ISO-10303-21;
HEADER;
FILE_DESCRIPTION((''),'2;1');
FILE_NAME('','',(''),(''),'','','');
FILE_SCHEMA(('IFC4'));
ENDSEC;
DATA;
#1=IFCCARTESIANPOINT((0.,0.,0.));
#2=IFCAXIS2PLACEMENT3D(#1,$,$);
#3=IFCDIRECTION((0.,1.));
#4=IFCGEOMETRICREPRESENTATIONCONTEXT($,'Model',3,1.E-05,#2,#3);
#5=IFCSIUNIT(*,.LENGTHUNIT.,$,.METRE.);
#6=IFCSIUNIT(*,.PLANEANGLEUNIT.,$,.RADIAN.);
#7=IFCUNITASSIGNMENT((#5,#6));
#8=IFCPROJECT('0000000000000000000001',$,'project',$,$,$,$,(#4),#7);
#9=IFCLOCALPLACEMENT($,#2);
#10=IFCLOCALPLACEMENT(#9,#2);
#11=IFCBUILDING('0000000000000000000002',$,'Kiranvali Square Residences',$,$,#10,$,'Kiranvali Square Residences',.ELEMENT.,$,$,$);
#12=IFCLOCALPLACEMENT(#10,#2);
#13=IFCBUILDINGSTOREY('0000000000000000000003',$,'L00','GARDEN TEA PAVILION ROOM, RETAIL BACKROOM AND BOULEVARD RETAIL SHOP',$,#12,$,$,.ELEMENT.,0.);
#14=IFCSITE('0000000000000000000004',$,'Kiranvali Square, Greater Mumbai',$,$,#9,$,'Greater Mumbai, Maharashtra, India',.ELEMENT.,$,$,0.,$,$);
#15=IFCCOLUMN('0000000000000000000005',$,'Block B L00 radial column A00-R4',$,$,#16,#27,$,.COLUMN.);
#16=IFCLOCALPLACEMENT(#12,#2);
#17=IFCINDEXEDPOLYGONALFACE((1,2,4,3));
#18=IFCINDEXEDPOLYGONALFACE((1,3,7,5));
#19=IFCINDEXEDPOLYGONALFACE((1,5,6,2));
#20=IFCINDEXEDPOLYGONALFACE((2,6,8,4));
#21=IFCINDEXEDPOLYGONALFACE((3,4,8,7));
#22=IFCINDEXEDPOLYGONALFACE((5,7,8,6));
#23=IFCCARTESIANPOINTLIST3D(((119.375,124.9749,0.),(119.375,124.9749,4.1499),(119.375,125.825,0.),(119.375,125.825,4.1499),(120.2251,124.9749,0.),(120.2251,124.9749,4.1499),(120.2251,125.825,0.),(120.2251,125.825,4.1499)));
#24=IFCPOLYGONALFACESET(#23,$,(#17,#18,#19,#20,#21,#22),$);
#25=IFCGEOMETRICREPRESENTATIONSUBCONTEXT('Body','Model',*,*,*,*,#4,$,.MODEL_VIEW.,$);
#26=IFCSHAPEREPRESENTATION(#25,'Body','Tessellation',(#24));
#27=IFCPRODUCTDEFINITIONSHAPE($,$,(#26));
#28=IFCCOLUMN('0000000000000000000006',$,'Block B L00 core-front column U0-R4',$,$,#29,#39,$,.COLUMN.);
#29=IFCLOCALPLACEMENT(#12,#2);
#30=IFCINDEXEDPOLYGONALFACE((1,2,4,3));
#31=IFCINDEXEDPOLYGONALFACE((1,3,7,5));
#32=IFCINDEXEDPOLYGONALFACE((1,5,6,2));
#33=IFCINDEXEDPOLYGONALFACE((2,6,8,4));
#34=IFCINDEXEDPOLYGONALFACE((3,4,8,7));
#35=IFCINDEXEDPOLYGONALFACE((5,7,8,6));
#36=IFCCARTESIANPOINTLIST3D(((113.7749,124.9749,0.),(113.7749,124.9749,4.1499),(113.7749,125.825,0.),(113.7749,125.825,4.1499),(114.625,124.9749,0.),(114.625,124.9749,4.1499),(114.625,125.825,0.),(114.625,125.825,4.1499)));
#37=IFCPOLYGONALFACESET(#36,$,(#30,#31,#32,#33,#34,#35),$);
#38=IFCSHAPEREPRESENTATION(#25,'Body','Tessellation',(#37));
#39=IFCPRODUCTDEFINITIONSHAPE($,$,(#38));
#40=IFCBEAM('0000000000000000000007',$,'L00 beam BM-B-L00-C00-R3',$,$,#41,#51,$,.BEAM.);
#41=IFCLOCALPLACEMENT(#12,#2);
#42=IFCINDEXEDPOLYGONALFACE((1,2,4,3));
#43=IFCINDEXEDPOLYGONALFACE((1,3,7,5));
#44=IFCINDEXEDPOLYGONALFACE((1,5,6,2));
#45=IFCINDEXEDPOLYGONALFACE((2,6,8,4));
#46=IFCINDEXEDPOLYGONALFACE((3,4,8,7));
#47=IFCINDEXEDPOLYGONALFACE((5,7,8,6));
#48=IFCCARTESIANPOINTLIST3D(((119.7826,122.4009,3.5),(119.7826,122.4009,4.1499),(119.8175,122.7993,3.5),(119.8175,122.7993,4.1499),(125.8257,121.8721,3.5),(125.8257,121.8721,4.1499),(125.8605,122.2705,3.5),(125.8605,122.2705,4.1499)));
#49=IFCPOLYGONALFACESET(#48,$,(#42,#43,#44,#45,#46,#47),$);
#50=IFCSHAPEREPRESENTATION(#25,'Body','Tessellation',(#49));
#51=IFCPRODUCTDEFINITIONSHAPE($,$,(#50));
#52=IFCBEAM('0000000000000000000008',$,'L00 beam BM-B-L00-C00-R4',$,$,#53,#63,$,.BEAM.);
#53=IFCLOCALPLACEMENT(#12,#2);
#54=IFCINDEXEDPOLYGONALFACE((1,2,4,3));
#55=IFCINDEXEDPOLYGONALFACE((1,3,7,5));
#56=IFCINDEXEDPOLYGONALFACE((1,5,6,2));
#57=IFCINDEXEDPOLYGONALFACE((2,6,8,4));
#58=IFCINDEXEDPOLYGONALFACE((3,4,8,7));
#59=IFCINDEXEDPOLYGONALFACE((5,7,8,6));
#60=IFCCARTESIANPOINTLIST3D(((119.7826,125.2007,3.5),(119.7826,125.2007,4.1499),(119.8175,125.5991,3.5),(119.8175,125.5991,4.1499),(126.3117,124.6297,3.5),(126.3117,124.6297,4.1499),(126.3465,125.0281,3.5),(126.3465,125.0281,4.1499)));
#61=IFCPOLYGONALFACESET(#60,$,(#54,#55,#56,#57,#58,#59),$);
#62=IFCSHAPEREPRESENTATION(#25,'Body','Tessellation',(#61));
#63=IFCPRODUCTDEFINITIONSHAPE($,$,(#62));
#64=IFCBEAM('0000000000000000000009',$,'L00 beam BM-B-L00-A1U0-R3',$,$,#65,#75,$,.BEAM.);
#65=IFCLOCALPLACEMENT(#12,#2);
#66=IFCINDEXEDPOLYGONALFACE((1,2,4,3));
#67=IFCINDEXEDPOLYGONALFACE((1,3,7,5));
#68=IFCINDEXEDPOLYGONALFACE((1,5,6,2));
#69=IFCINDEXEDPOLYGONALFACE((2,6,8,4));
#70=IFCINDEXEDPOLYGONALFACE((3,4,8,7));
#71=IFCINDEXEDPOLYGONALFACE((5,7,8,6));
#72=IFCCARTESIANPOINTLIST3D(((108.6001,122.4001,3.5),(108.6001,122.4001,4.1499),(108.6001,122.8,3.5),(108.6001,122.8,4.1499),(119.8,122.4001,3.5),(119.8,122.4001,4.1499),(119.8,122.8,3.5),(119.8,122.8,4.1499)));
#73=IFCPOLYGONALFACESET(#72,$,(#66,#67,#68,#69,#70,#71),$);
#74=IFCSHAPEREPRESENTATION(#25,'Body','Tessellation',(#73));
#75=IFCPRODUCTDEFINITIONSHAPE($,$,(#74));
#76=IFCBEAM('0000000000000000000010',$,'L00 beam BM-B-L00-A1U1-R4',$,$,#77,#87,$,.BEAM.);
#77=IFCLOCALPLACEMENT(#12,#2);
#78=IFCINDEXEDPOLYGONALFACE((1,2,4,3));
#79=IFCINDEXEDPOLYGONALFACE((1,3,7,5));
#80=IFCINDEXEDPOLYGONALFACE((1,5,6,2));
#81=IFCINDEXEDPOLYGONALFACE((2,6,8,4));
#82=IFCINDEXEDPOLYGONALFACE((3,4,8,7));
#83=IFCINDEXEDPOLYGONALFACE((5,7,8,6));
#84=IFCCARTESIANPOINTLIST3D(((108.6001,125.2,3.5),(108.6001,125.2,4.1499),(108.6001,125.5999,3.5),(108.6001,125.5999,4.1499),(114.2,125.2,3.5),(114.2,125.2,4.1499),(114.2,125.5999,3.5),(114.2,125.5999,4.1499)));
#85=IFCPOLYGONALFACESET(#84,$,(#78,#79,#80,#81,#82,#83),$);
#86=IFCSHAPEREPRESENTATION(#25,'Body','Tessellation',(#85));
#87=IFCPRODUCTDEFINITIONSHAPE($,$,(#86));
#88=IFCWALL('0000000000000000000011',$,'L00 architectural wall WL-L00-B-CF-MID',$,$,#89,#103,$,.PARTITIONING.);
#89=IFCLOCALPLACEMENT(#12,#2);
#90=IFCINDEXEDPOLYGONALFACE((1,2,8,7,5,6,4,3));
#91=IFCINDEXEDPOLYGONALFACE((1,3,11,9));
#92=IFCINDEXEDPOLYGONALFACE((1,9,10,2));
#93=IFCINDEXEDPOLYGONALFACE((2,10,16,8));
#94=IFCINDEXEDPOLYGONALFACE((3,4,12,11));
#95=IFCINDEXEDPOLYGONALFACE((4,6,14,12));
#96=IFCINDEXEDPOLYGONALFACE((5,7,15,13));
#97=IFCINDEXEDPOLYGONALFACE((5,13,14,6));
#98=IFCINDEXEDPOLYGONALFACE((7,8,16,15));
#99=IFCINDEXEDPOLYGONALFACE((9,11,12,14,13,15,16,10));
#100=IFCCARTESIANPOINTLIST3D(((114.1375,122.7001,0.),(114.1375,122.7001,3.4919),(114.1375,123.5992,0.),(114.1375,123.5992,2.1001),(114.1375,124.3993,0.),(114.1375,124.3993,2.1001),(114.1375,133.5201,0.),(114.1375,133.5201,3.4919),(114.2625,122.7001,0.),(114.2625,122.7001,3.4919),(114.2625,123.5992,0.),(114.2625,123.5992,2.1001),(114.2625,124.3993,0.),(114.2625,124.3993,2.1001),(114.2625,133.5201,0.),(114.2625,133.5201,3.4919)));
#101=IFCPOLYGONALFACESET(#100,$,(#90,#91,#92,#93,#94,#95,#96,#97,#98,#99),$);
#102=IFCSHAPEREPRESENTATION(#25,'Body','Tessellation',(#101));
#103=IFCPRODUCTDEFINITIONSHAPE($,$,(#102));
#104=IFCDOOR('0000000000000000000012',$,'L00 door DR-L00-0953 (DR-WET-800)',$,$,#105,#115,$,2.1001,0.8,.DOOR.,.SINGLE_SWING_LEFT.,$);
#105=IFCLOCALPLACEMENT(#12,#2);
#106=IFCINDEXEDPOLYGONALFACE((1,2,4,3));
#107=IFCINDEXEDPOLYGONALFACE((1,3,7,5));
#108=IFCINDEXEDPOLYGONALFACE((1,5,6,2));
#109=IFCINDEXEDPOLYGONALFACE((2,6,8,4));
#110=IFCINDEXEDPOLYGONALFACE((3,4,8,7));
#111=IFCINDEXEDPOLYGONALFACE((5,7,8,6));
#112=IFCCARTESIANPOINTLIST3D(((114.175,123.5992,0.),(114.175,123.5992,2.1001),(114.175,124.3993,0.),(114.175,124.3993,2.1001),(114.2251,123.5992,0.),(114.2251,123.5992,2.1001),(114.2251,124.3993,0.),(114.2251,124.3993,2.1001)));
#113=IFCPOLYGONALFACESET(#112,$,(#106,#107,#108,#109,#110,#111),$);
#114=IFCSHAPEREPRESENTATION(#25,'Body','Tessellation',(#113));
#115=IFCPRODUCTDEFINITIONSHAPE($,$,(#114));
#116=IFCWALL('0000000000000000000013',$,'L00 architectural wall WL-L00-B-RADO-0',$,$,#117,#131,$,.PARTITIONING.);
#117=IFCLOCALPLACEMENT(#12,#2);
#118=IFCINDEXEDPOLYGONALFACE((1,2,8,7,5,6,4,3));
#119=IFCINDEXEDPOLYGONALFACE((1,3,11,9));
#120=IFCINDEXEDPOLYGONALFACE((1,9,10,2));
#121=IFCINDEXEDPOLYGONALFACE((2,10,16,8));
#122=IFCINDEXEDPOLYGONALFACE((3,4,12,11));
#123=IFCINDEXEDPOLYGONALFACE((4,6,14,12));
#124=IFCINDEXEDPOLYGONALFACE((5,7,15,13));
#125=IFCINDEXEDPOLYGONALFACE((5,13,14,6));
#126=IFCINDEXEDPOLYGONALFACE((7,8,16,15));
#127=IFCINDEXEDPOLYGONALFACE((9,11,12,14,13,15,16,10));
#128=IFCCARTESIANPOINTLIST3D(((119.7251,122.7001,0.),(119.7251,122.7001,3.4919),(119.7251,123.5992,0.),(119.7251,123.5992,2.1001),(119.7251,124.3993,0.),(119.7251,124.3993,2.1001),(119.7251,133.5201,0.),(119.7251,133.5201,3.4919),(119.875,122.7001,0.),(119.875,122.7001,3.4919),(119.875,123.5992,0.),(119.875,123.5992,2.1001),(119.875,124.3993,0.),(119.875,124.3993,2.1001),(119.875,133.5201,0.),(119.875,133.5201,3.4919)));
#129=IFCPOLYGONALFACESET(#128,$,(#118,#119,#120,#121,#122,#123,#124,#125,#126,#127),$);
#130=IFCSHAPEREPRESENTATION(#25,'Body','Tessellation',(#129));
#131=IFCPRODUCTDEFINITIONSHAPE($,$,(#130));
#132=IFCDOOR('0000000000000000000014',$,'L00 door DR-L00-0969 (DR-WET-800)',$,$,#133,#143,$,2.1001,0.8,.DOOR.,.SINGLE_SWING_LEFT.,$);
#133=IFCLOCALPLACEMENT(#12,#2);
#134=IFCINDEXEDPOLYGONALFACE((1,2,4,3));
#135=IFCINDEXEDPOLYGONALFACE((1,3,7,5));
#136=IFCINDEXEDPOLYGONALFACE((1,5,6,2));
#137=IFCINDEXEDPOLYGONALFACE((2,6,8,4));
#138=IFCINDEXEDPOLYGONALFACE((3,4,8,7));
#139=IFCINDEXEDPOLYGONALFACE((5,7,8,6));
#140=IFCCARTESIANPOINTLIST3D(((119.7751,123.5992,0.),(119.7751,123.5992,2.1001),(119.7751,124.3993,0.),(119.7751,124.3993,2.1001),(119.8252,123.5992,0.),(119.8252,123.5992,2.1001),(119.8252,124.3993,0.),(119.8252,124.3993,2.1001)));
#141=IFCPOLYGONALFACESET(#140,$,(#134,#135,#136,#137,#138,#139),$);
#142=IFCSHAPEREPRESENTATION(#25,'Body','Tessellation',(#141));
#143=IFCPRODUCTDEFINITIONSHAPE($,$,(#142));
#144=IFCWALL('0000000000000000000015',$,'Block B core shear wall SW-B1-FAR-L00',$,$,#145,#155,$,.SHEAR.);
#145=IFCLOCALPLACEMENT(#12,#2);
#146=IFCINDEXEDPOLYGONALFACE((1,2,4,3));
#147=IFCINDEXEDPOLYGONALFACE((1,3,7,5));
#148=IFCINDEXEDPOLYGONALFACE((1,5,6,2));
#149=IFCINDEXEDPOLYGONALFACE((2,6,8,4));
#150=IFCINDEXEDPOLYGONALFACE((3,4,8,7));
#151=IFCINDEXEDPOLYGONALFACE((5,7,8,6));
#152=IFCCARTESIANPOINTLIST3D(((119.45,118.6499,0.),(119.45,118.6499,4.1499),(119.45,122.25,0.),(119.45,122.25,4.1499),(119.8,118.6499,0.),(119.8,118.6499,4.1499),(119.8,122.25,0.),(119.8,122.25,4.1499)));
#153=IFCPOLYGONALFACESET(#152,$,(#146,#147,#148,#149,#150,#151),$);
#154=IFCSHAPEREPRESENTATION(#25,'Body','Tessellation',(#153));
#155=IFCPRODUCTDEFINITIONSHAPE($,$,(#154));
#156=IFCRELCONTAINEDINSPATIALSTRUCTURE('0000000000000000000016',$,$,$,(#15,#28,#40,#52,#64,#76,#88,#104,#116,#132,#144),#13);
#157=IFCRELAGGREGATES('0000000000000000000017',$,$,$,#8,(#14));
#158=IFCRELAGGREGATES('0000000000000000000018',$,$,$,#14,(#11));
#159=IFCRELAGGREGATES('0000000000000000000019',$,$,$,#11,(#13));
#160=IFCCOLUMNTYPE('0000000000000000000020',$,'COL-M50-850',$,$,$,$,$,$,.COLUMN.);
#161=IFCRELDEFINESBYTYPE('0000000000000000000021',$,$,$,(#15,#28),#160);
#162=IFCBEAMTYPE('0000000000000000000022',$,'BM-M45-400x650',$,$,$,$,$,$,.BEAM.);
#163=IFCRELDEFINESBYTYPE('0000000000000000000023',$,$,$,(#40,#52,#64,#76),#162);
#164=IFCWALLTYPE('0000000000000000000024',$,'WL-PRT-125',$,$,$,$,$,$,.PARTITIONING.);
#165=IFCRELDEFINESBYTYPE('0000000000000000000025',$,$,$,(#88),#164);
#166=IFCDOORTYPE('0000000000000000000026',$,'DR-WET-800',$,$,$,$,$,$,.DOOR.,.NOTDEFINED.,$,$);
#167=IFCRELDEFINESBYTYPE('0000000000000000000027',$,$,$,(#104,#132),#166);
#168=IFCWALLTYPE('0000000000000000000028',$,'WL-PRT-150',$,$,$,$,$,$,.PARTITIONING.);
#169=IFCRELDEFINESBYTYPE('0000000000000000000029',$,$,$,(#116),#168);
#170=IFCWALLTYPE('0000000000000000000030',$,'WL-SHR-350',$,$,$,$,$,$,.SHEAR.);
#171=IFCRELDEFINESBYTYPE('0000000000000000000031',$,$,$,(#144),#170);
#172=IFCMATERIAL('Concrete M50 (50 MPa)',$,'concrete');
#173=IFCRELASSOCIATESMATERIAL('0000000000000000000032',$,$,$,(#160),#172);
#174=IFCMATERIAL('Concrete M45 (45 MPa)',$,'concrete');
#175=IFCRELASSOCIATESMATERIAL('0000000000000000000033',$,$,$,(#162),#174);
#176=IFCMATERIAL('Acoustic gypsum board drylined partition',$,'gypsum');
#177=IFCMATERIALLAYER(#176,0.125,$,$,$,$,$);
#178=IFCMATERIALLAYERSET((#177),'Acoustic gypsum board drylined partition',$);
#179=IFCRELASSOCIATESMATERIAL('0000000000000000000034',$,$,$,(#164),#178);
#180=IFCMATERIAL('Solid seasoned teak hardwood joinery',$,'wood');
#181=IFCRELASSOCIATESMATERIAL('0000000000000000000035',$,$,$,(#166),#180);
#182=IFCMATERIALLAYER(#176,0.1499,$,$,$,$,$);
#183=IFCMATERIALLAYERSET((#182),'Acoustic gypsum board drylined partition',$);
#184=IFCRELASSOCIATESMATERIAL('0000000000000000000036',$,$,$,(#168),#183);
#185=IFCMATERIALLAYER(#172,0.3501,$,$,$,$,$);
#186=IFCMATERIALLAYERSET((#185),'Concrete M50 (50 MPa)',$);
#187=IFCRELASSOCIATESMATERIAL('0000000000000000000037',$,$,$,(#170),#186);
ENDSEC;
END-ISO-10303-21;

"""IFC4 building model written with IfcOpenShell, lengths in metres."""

from ifc_helpers import new_model, si_unit, direction, frame, frame_2d, origin, origin_2d, place, context, subcontext, project, spatial, rectangle, extrude, material, layer, layer_set, material_profile, profile_set, type_object, element, fill, save


model = new_model("IFC4")

# Units and contexts
model_context = context("Model", 3, precision=1e-05, world=origin(), true_north=direction((0.0, 1.0)))
body_context = subcontext(model_context, "Body", "Model", "MODEL_VIEW")
ifc_project = project(units=[si_unit("LENGTHUNIT", "METRE"), si_unit("PLANEANGLEUNIT", "RADIAN")], contexts=[model_context])

# Site, building, storey
site_placement = place(None, origin())
site = spatial("IfcSite", under=ifc_project, at=site_placement, Name="Kiranvali Square, Greater Mumbai", LongName="Greater Mumbai, Maharashtra, India", CompositionType="ELEMENT", RefElevation=0.0)
building_placement = place(site_placement, origin())
building = spatial("IfcBuilding", under=site, at=building_placement, Name="Kiranvali Square Residences", LongName="Kiranvali Square Residences", CompositionType="ELEMENT")
storey_placement = place(building_placement, origin())
storey = spatial("IfcBuildingStorey", under=building, at=storey_placement, Name="L00", Description="GARDEN TEA PAVILION ROOM, RETAIL BACKROOM AND BOULEVARD RETAIL SHOP", CompositionType="ELEMENT", Elevation=0.0)

# Columns
ifc_material_1 = material(Name="Concrete M50 (50 MPa)", Category="concrete")
ifc_material_profile_1 = material_profile(ifc_material_1, rectangle(XDim=0.8501, YDim=0.8501, at=origin_2d()), Name="RC 850x850")
ifc_profile_set_1 = profile_set([ifc_material_profile_1], Name="Concrete M50 (50 MPa)")
column_type = type_object("IfcColumnType", Name="COL-M50-850", PredefinedType="COLUMN", material=ifc_profile_set_1)
for number, where, z_axis, x_axis, name in (
    (1, (119.8, 125.3999, 0.0), (0.0, 0.0, 1.0), (1.0, 0.0, 0.0), "Block B L00 radial column A00-R4"),
    (2, (114.2, 125.3999, 0.0), (0.0, 0.0, 1.0), (1.0, 0.0, 0.0), "Block B L00 core-front column U0-R4"),
):
    element("IfcColumn", number, at=place(storey_placement, frame(where, z_axis=z_axis, x_axis=x_axis)), inside=storey, type_object=column_type, Name=name, PredefinedType="COLUMN", context=body_context, shape_type="SweptSolid", body=[
        extrude(rectangle(XDim=0.8501, YDim=0.8501, at=origin_2d()), origin(), (0.0, 0.0, 1.0), 4.1499),
    ])

# Beams
ifc_material_2 = material(Name="Concrete M45 (45 MPa)", Category="concrete")
ifc_material_profile_2 = material_profile(ifc_material_2, rectangle(XDim=0.3999, YDim=0.6499, at=origin_2d()), Name="RC 400x650")
ifc_profile_set_2 = profile_set([ifc_material_profile_2], Name="Concrete M45 (45 MPa)")
beam_type = type_object("IfcBeamType", Name="BM-M45-400x650", PredefinedType="BEAM", material=ifc_profile_set_2)
beam_1_placement = place(storey_placement, frame((119.8, 122.6001, 3.825), z_axis=(0.996193, -0.087175, 0.0), x_axis=(0.087175, 0.996193, 0.0)))
element("IfcBeam", 3, at=beam_1_placement, inside=storey, type_object=beam_type, Name="L00 beam BM-B-L00-C00-R3", PredefinedType="BEAM", context=body_context, shape_type="SweptSolid", body=[
    extrude(rectangle(XDim=0.3999, YDim=0.6499, at=origin_2d()), origin(), (0.0, 0.0, 1.0), 6.0662),
])
beam_2_placement = place(storey_placement, frame((119.8, 125.3999, 3.825), z_axis=(0.996197, -0.08713, 0.0), x_axis=(0.08713, 0.996197, 0.0)))
element("IfcBeam", 4, at=beam_2_placement, inside=storey, type_object=beam_type, Name="L00 beam BM-B-L00-C00-R4", PredefinedType="BEAM", context=body_context, shape_type="SweptSolid", body=[
    extrude(rectangle(XDim=0.3999, YDim=0.6499, at=origin_2d()), origin(), (0.0, 0.0, 1.0), 6.554),
])
beam_3_placement = place(storey_placement, frame((119.8, 122.6001, 3.825), z_axis=(-1.0, 0.0, 0.0), x_axis=(0.0, -1.0, 0.0)))
element("IfcBeam", 5, at=beam_3_placement, inside=storey, type_object=beam_type, Name="L00 beam BM-B-L00-A1U0-R3", PredefinedType="BEAM", context=body_context, shape_type="SweptSolid", body=[
    extrude(rectangle(XDim=0.3999, YDim=0.6499, at=origin_2d()), origin(), (0.0, 0.0, 1.0), 11.2),
])
beam_4_placement = place(storey_placement, frame((114.2, 125.3999, 3.825), z_axis=(-1.0, 0.0, 0.0), x_axis=(0.0, -1.0, 0.0)))
element("IfcBeam", 6, at=beam_4_placement, inside=storey, type_object=beam_type, Name="L00 beam BM-B-L00-A1U1-R4", PredefinedType="BEAM", context=body_context, shape_type="SweptSolid", body=[
    extrude(rectangle(XDim=0.3999, YDim=0.6499, at=origin_2d()), origin(), (0.0, 0.0, 1.0), 5.5999),
])

# Walls, openings, doors
ifc_material_3 = material(Name="Acoustic gypsum board drylined partition", Category="gypsum")
ifc_layer_1 = layer(ifc_material_3, 0.125)
ifc_layer_set_1 = layer_set([ifc_layer_1], Name="Acoustic gypsum board drylined partition")
wall_type_1 = type_object("IfcWallType", Name="WL-PRT-125", PredefinedType="PARTITIONING", material=ifc_layer_set_1)
wall_1_placement = place(storey_placement, frame((114.2, 122.7, 0.0), z_axis=(0.0, 0.0, 1.0), x_axis=(0.0, 1.0, 0.0)))
wall_1 = element("IfcWall", 7, at=wall_1_placement, inside=storey, type_object=wall_type_1, Name="L00 architectural wall WL-L00-B-CF-MID", PredefinedType="PARTITIONING", context=body_context, shape_type="SweptSolid", body=[
    extrude(rectangle(XDim=10.8201, YDim=0.125, at=frame_2d((5.4102, 0.0))), origin(), (0.0, 0.0, 1.0), 3.4919),
])
opening_1_placement = place(wall_1_placement, frame((0.8994, 0.0, 0.0)))
opening_1 = element("IfcOpeningElement", 8, at=opening_1_placement, cuts=wall_1, PredefinedType="OPENING", context=body_context, shape_type="SweptSolid", body=[
    extrude(rectangle(XDim=0.8, YDim=2.1001, at=frame_2d((0.3999, 1.05))), frame((0.0, 0.0725, 0.0), z_axis=(0.0, -1.0, 0.0), x_axis=(1.0, 0.0, 0.0)), (0.0, 0.0, 1.0), 0.145),
])
ifc_material_4 = material(Name="Solid seasoned teak hardwood joinery", Category="wood")
door_type_1 = type_object("IfcDoorType", Name="DR-WET-800", OperationType="NOTDEFINED", PredefinedType="DOOR", material=ifc_material_4)
door_1_placement = place(opening_1_placement, origin())
door_1 = element("IfcDoor", 9, at=door_1_placement, inside=storey, type_object=door_type_1, Name="L00 door DR-L00-0953 (DR-WET-800)", OperationType="SINGLE_SWING_LEFT", OverallHeight=2.1001, OverallWidth=0.8, PredefinedType="DOOR", context=body_context, shape_type="SweptSolid", body=[
    extrude(rectangle(XDim=0.8, YDim=2.1001, at=frame_2d((0.3999, 1.05))), frame((0.0, 0.0249, 0.0), z_axis=(0.0, -1.0, 0.0), x_axis=(1.0, 0.0, 0.0)), (0.0, 0.0, 1.0), 0.05),
])
fill(opening_1, door_1)
ifc_layer_2 = layer(ifc_material_3, 0.1499)
ifc_layer_set_2 = layer_set([ifc_layer_2], Name="Acoustic gypsum board drylined partition")
wall_type_2 = type_object("IfcWallType", Name="WL-PRT-150", PredefinedType="PARTITIONING", material=ifc_layer_set_2)
wall_2_placement = place(storey_placement, frame((119.8, 122.7, 0.0), z_axis=(0.0, 0.0, 1.0), x_axis=(0.0, 1.0, 0.0)))
wall_2 = element("IfcWall", 10, at=wall_2_placement, inside=storey, type_object=wall_type_2, Name="L00 architectural wall WL-L00-B-RADO-0", PredefinedType="PARTITIONING", context=body_context, shape_type="SweptSolid", body=[
    extrude(rectangle(XDim=10.8201, YDim=0.1499, at=frame_2d((5.4102, 0.0))), origin(), (0.0, 0.0, 1.0), 3.4919),
])
opening_2_placement = place(wall_2_placement, frame((0.8994, 0.0, 0.0)))
opening_2 = element("IfcOpeningElement", 11, at=opening_2_placement, cuts=wall_2, PredefinedType="OPENING", context=body_context, shape_type="SweptSolid", body=[
    extrude(rectangle(XDim=0.8, YDim=2.1001, at=frame_2d((0.3999, 1.05))), frame((0.0, 0.085, 0.0), z_axis=(0.0, -1.0, 0.0), x_axis=(1.0, 0.0, 0.0)), (0.0, 0.0, 1.0), 0.1699),
])
door_2_placement = place(opening_2_placement, origin())
door_2 = element("IfcDoor", 12, at=door_2_placement, inside=storey, type_object=door_type_1, Name="L00 door DR-L00-0969 (DR-WET-800)", OperationType="SINGLE_SWING_LEFT", OverallHeight=2.1001, OverallWidth=0.8, PredefinedType="DOOR", context=body_context, shape_type="SweptSolid", body=[
    extrude(rectangle(XDim=0.8, YDim=2.1001, at=frame_2d((0.3999, 1.05))), frame((0.0, 0.0249, 0.0), z_axis=(0.0, -1.0, 0.0), x_axis=(1.0, 0.0, 0.0)), (0.0, 0.0, 1.0), 0.05),
])
fill(opening_2, door_2)
ifc_layer_3 = layer(ifc_material_1, 0.3501)
ifc_layer_set_3 = layer_set([ifc_layer_3], Name="Concrete M50 (50 MPa)")
wall_type_3 = type_object("IfcWallType", Name="WL-SHR-350", PredefinedType="SHEAR", material=ifc_layer_set_3)

# Wall
wall_3_placement = place(storey_placement, frame((119.625, 118.6499, 0.0), z_axis=(0.0, 0.0, 1.0), x_axis=(0.0, 1.0, 0.0)))
element("IfcWall", 13, at=wall_3_placement, inside=storey, type_object=wall_type_3, Name="Block B core shear wall SW-B1-FAR-L00", PredefinedType="SHEAR", context=body_context, shape_type="SweptSolid", body=[
    extrude(rectangle(XDim=3.6001, YDim=0.3501, at=frame_2d((1.8, 0.0))), origin(), (0.0, 0.0, 1.0), 4.1499),
])

save(model, "model.ifc")
